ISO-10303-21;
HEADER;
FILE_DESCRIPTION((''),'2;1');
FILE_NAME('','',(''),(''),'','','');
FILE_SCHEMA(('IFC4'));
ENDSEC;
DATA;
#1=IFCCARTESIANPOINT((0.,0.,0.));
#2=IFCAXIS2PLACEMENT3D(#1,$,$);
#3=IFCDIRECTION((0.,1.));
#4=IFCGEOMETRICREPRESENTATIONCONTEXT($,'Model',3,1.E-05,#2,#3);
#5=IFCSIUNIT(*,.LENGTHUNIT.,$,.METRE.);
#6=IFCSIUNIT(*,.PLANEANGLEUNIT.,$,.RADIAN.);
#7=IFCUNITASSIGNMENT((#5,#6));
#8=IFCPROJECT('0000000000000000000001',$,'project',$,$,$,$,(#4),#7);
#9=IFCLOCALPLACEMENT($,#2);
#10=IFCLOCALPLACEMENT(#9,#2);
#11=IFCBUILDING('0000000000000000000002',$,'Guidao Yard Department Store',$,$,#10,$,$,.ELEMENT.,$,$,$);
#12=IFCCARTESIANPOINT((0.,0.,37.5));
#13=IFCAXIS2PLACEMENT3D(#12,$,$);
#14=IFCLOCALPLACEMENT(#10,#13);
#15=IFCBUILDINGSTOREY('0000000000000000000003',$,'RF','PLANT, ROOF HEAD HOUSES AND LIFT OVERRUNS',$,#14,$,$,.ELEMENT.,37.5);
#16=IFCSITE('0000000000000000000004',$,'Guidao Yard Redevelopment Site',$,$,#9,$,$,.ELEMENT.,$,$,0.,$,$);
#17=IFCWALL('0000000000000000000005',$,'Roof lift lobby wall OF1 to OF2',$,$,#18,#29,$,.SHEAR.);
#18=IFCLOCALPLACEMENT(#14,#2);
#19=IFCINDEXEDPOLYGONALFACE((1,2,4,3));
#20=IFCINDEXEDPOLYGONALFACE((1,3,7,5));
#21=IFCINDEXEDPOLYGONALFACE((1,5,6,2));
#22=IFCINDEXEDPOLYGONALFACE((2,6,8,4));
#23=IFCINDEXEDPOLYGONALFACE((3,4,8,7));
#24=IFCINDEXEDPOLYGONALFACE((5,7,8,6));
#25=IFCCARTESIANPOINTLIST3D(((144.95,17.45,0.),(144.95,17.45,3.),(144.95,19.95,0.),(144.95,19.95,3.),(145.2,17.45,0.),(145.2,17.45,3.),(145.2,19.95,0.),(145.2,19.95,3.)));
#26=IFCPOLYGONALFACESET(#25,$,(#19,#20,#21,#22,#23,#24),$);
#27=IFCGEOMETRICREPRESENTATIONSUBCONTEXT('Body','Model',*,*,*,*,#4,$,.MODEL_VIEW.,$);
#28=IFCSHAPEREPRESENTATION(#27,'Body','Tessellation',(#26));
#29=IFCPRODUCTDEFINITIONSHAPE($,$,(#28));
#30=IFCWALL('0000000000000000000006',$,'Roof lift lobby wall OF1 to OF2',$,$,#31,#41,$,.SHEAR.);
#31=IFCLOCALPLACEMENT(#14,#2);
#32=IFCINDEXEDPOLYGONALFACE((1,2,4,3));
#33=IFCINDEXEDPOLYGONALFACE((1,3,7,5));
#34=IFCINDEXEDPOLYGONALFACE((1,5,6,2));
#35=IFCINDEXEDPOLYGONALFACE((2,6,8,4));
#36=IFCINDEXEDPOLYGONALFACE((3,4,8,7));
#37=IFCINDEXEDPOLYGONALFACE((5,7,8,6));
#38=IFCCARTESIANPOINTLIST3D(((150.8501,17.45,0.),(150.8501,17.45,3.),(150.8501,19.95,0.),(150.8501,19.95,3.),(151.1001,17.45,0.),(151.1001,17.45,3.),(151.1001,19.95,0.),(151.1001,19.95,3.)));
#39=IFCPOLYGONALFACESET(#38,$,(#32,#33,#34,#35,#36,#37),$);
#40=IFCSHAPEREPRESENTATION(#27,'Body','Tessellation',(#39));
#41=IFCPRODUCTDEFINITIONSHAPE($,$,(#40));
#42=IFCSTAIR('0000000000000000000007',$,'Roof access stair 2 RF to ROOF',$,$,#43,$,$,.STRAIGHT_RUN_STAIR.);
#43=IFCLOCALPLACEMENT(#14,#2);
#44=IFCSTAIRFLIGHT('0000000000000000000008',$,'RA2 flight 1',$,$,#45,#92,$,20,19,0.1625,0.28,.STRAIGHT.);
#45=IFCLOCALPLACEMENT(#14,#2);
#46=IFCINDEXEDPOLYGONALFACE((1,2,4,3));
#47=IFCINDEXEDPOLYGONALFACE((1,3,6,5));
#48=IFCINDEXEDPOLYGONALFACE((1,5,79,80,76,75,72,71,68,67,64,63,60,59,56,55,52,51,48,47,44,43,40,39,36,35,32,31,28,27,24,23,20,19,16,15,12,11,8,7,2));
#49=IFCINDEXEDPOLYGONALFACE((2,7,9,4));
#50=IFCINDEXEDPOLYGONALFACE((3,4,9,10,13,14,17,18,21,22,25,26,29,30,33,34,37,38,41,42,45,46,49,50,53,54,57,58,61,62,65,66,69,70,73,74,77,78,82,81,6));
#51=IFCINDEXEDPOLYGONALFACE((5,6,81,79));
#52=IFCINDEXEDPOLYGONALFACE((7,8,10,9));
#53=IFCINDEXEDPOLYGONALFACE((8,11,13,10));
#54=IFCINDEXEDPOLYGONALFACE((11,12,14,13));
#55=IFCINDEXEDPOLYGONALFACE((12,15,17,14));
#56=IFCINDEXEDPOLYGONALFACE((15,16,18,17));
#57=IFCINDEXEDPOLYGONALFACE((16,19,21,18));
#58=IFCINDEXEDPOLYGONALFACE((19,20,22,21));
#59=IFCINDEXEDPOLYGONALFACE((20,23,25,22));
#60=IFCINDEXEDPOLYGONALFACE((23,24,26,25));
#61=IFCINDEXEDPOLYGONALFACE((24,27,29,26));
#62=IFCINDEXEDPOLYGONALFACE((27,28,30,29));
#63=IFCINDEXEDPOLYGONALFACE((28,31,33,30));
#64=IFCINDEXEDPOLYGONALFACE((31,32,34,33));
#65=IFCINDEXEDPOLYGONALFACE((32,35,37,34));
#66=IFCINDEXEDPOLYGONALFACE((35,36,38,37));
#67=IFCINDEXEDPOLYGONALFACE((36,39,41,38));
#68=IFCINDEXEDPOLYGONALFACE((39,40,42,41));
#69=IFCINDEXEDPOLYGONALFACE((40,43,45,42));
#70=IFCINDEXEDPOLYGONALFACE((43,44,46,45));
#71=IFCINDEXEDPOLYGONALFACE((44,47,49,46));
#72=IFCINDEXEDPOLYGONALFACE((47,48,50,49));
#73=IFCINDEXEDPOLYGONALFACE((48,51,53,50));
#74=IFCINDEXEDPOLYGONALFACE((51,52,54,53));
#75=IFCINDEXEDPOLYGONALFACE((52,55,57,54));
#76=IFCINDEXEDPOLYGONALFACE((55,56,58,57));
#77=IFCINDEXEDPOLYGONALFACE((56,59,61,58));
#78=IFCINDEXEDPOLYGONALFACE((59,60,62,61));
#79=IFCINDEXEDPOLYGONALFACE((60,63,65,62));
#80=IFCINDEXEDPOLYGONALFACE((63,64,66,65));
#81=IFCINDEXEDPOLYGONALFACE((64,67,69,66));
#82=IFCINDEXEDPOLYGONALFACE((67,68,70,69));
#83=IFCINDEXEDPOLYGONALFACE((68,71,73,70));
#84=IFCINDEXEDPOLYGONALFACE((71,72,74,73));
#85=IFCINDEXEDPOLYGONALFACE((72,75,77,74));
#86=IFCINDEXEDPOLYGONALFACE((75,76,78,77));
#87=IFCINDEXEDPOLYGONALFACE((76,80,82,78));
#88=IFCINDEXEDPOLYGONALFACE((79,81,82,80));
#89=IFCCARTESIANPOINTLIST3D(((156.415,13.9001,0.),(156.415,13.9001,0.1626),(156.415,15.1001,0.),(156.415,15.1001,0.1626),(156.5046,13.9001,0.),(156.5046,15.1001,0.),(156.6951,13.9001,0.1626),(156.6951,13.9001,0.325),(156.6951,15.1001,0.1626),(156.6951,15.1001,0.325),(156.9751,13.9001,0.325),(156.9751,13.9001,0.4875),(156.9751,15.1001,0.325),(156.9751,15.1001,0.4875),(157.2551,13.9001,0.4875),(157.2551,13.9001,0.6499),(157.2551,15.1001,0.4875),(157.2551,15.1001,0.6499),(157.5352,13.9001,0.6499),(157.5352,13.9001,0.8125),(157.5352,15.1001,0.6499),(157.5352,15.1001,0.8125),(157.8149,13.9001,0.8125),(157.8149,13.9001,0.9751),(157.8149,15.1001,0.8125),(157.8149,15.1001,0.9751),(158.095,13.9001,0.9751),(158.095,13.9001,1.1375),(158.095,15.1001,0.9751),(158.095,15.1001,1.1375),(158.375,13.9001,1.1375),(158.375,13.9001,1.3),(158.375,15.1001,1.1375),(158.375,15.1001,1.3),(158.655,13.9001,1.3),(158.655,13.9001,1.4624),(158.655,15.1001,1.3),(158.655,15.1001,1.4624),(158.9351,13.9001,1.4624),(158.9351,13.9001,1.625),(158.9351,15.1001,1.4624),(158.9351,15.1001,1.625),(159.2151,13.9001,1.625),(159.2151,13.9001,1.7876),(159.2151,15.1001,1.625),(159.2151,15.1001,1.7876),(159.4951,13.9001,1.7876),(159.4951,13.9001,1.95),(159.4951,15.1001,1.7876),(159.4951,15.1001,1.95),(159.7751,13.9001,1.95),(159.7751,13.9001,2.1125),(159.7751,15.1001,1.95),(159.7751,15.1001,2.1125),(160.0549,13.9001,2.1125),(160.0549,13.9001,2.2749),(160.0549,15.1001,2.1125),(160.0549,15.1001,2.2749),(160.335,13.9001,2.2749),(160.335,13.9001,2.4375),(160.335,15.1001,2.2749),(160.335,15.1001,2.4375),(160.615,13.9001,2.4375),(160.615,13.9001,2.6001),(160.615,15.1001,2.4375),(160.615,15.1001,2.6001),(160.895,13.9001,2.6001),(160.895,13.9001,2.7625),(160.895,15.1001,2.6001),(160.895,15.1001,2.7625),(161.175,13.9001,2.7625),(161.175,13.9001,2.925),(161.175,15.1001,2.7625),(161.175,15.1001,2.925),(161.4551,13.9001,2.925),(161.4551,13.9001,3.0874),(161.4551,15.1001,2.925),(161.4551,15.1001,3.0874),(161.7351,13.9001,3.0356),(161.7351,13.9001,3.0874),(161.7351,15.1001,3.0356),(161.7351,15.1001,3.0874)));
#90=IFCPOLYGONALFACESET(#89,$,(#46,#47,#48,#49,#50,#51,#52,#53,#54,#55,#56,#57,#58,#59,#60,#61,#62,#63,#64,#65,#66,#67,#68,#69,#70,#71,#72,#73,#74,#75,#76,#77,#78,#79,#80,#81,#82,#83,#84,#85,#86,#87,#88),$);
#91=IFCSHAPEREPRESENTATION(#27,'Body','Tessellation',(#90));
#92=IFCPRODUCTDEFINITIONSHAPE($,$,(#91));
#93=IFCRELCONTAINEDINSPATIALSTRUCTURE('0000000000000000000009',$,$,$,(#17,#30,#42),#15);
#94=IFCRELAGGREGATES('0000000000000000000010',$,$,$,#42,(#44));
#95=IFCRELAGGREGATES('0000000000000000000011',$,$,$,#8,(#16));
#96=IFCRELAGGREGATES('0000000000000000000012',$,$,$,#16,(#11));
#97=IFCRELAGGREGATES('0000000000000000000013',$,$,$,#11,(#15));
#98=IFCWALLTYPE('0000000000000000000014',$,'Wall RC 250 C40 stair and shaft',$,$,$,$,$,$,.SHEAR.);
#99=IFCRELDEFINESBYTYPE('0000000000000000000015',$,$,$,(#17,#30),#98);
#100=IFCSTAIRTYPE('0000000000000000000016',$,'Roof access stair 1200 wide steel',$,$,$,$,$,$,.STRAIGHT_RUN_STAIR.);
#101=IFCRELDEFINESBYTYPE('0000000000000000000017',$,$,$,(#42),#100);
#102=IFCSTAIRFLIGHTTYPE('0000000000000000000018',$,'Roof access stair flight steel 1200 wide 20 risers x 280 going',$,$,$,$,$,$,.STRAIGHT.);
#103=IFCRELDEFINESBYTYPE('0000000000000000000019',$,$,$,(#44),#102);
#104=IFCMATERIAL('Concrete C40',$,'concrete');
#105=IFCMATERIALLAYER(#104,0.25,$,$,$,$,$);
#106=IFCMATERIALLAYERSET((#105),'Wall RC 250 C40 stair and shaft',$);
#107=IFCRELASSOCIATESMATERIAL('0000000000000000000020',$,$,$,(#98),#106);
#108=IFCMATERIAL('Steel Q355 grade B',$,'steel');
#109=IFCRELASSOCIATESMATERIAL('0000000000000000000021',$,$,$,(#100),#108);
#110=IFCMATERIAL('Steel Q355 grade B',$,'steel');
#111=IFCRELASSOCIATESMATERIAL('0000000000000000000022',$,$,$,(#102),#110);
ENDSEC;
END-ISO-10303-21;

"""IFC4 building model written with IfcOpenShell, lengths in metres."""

from ifc_helpers import new_model, si_unit, direction, frame, frame_2d, origin, place, context, subcontext, project, spatial, polyline, rectangle, outline, extrude, material, layer, layer_set, type_object, element, aggregate, save


model = new_model("IFC4")

# Units and contexts
model_context = context("Model", 3, precision=1e-05, world=origin(), true_north=direction((0.0, 1.0)))
body_context = subcontext(model_context, "Body", "Model", "MODEL_VIEW")
ifc_project = project(units=[si_unit("LENGTHUNIT", "METRE"), si_unit("PLANEANGLEUNIT", "RADIAN")], contexts=[model_context])

# Site, building, storey
site_placement = place(None, origin())
site = spatial("IfcSite", under=ifc_project, at=site_placement, Name="Guidao Yard Redevelopment Site", CompositionType="ELEMENT", RefElevation=0.0)
building_placement = place(site_placement, origin())
building = spatial("IfcBuilding", under=site, at=building_placement, Name="Guidao Yard Department Store", CompositionType="ELEMENT")
storey_placement = place(building_placement, frame((0.0, 0.0, 37.5)))
storey = spatial("IfcBuildingStorey", under=building, at=storey_placement, Name="RF", Description="PLANT, ROOF HEAD HOUSES AND LIFT OVERRUNS", CompositionType="ELEMENT", Elevation=37.5)

# Shared definitions
ifc_material_1 = material(Name="Concrete C40", Category="concrete")
ifc_layer_1 = layer(ifc_material_1, 0.25)
ifc_layer_set_1 = layer_set([ifc_layer_1], Name="Wall RC 250 C40 stair and shaft")
wall_type_1 = type_object("IfcWallType", Name="Wall RC 250 C40 stair and shaft", PredefinedType="SHEAR", material=ifc_layer_set_1)

# Walls
for number, where, z_axis, x_axis, name in (
    (1, (145.075, 17.45, 0.0), (0.0, 0.0, 1.0), (0.0, 1.0, 0.0), "Roof lift lobby wall OF1 to OF2"),
    (2, (150.9751, 17.45, 0.0), (0.0, 0.0, 1.0), (0.0, 1.0, 0.0), "Roof lift lobby wall OF1 to OF2"),
):
    element("IfcWall", number, at=place(storey_placement, frame(where, z_axis=z_axis, x_axis=x_axis)), inside=storey, type_object=wall_type_1, Name=name, PredefinedType="SHEAR", context=body_context, shape_type="SweptSolid", body=[
        extrude(rectangle(XDim=2.5, YDim=0.25, at=frame_2d((1.25, 0.0))), origin(), (0.0, 0.0, 1.0), 3.0),
    ])

# Stair, stair flight
ifc_material_2 = material(Name="Steel Q355 grade B", Category="steel")
stair_type = type_object("IfcStairType", Name="Roof access stair 1200 wide steel", PredefinedType="STRAIGHT_RUN_STAIR", material=ifc_material_2)
stair_placement = place(storey_placement, origin())
stair = element("IfcStair", 3, at=stair_placement, inside=storey, type_object=stair_type, Name="Roof access stair 2 RF to ROOF", PredefinedType="STRAIGHT_RUN_STAIR")
ifc_material_3 = material(Name="Steel Q355 grade B", Category="steel")
stair_flight_type = type_object("IfcStairFlightType", Name="Roof access stair flight steel 1200 wide 20 risers x 280 going", PredefinedType="STRAIGHT", material=ifc_material_3)
stair_flight_placement = place(storey_placement, frame((156.415, 14.5, 0.0), z_axis=(0.0, 0.0, 1.0), x_axis=(1.0, 0.0, 0.0)))
stair_flight = element("IfcStairFlight", 4, at=stair_flight_placement, type_object=stair_flight_type, Name="RA2 flight 1", NumberOfRisers=20, NumberOfTreads=19, PredefinedType="STRAIGHT", RiserHeight=0.1625, TreadLength=0.28, context=body_context, shape_type="SweptSolid", body=[
    extrude(outline(polyline([(0.0, 0.0), (0.0, 0.1626), (0.28, 0.1626), (0.28, 0.325), (0.5601, 0.325), (0.5601, 0.4875), (0.8401, 0.4875), (0.8401, 0.6499), (1.1201, 0.6499), (1.1201, 0.8125), (1.3999, 0.8125), (1.3999, 0.9751), (1.6799, 0.9751), (1.6799, 1.1375), (1.96, 1.1375), (1.96, 1.3), (2.24, 1.3), (2.24, 1.4624), (2.52, 1.4624), (2.52, 1.625), (2.8, 1.625), (2.8, 1.7876), (3.0801, 1.7876), (3.0801, 1.95), (3.3601, 1.95), (3.3601, 2.1125), (3.6399, 2.1125), (3.6399, 2.2749), (3.9199, 2.2749), (3.9199, 2.4375), (4.2, 2.4375), (4.2, 2.6001), (4.48, 2.6001), (4.48, 2.7625), (4.76, 2.7625), (4.76, 2.925), (5.04, 2.925), (5.04, 3.0874), (5.3201, 3.0874), (5.3201, 3.25), (5.3201, 3.0356), (0.0896, 0.0), (0.0, 0.0)])), frame((0.0, 0.6001, 0.0), z_axis=(0.0, -1.0, 0.0), x_axis=(1.0, 0.0, 0.0)), (0.0, 0.0, 1.0), 1.2),
])
aggregate(stair, [stair_flight])

save(model, "model.ifc")
